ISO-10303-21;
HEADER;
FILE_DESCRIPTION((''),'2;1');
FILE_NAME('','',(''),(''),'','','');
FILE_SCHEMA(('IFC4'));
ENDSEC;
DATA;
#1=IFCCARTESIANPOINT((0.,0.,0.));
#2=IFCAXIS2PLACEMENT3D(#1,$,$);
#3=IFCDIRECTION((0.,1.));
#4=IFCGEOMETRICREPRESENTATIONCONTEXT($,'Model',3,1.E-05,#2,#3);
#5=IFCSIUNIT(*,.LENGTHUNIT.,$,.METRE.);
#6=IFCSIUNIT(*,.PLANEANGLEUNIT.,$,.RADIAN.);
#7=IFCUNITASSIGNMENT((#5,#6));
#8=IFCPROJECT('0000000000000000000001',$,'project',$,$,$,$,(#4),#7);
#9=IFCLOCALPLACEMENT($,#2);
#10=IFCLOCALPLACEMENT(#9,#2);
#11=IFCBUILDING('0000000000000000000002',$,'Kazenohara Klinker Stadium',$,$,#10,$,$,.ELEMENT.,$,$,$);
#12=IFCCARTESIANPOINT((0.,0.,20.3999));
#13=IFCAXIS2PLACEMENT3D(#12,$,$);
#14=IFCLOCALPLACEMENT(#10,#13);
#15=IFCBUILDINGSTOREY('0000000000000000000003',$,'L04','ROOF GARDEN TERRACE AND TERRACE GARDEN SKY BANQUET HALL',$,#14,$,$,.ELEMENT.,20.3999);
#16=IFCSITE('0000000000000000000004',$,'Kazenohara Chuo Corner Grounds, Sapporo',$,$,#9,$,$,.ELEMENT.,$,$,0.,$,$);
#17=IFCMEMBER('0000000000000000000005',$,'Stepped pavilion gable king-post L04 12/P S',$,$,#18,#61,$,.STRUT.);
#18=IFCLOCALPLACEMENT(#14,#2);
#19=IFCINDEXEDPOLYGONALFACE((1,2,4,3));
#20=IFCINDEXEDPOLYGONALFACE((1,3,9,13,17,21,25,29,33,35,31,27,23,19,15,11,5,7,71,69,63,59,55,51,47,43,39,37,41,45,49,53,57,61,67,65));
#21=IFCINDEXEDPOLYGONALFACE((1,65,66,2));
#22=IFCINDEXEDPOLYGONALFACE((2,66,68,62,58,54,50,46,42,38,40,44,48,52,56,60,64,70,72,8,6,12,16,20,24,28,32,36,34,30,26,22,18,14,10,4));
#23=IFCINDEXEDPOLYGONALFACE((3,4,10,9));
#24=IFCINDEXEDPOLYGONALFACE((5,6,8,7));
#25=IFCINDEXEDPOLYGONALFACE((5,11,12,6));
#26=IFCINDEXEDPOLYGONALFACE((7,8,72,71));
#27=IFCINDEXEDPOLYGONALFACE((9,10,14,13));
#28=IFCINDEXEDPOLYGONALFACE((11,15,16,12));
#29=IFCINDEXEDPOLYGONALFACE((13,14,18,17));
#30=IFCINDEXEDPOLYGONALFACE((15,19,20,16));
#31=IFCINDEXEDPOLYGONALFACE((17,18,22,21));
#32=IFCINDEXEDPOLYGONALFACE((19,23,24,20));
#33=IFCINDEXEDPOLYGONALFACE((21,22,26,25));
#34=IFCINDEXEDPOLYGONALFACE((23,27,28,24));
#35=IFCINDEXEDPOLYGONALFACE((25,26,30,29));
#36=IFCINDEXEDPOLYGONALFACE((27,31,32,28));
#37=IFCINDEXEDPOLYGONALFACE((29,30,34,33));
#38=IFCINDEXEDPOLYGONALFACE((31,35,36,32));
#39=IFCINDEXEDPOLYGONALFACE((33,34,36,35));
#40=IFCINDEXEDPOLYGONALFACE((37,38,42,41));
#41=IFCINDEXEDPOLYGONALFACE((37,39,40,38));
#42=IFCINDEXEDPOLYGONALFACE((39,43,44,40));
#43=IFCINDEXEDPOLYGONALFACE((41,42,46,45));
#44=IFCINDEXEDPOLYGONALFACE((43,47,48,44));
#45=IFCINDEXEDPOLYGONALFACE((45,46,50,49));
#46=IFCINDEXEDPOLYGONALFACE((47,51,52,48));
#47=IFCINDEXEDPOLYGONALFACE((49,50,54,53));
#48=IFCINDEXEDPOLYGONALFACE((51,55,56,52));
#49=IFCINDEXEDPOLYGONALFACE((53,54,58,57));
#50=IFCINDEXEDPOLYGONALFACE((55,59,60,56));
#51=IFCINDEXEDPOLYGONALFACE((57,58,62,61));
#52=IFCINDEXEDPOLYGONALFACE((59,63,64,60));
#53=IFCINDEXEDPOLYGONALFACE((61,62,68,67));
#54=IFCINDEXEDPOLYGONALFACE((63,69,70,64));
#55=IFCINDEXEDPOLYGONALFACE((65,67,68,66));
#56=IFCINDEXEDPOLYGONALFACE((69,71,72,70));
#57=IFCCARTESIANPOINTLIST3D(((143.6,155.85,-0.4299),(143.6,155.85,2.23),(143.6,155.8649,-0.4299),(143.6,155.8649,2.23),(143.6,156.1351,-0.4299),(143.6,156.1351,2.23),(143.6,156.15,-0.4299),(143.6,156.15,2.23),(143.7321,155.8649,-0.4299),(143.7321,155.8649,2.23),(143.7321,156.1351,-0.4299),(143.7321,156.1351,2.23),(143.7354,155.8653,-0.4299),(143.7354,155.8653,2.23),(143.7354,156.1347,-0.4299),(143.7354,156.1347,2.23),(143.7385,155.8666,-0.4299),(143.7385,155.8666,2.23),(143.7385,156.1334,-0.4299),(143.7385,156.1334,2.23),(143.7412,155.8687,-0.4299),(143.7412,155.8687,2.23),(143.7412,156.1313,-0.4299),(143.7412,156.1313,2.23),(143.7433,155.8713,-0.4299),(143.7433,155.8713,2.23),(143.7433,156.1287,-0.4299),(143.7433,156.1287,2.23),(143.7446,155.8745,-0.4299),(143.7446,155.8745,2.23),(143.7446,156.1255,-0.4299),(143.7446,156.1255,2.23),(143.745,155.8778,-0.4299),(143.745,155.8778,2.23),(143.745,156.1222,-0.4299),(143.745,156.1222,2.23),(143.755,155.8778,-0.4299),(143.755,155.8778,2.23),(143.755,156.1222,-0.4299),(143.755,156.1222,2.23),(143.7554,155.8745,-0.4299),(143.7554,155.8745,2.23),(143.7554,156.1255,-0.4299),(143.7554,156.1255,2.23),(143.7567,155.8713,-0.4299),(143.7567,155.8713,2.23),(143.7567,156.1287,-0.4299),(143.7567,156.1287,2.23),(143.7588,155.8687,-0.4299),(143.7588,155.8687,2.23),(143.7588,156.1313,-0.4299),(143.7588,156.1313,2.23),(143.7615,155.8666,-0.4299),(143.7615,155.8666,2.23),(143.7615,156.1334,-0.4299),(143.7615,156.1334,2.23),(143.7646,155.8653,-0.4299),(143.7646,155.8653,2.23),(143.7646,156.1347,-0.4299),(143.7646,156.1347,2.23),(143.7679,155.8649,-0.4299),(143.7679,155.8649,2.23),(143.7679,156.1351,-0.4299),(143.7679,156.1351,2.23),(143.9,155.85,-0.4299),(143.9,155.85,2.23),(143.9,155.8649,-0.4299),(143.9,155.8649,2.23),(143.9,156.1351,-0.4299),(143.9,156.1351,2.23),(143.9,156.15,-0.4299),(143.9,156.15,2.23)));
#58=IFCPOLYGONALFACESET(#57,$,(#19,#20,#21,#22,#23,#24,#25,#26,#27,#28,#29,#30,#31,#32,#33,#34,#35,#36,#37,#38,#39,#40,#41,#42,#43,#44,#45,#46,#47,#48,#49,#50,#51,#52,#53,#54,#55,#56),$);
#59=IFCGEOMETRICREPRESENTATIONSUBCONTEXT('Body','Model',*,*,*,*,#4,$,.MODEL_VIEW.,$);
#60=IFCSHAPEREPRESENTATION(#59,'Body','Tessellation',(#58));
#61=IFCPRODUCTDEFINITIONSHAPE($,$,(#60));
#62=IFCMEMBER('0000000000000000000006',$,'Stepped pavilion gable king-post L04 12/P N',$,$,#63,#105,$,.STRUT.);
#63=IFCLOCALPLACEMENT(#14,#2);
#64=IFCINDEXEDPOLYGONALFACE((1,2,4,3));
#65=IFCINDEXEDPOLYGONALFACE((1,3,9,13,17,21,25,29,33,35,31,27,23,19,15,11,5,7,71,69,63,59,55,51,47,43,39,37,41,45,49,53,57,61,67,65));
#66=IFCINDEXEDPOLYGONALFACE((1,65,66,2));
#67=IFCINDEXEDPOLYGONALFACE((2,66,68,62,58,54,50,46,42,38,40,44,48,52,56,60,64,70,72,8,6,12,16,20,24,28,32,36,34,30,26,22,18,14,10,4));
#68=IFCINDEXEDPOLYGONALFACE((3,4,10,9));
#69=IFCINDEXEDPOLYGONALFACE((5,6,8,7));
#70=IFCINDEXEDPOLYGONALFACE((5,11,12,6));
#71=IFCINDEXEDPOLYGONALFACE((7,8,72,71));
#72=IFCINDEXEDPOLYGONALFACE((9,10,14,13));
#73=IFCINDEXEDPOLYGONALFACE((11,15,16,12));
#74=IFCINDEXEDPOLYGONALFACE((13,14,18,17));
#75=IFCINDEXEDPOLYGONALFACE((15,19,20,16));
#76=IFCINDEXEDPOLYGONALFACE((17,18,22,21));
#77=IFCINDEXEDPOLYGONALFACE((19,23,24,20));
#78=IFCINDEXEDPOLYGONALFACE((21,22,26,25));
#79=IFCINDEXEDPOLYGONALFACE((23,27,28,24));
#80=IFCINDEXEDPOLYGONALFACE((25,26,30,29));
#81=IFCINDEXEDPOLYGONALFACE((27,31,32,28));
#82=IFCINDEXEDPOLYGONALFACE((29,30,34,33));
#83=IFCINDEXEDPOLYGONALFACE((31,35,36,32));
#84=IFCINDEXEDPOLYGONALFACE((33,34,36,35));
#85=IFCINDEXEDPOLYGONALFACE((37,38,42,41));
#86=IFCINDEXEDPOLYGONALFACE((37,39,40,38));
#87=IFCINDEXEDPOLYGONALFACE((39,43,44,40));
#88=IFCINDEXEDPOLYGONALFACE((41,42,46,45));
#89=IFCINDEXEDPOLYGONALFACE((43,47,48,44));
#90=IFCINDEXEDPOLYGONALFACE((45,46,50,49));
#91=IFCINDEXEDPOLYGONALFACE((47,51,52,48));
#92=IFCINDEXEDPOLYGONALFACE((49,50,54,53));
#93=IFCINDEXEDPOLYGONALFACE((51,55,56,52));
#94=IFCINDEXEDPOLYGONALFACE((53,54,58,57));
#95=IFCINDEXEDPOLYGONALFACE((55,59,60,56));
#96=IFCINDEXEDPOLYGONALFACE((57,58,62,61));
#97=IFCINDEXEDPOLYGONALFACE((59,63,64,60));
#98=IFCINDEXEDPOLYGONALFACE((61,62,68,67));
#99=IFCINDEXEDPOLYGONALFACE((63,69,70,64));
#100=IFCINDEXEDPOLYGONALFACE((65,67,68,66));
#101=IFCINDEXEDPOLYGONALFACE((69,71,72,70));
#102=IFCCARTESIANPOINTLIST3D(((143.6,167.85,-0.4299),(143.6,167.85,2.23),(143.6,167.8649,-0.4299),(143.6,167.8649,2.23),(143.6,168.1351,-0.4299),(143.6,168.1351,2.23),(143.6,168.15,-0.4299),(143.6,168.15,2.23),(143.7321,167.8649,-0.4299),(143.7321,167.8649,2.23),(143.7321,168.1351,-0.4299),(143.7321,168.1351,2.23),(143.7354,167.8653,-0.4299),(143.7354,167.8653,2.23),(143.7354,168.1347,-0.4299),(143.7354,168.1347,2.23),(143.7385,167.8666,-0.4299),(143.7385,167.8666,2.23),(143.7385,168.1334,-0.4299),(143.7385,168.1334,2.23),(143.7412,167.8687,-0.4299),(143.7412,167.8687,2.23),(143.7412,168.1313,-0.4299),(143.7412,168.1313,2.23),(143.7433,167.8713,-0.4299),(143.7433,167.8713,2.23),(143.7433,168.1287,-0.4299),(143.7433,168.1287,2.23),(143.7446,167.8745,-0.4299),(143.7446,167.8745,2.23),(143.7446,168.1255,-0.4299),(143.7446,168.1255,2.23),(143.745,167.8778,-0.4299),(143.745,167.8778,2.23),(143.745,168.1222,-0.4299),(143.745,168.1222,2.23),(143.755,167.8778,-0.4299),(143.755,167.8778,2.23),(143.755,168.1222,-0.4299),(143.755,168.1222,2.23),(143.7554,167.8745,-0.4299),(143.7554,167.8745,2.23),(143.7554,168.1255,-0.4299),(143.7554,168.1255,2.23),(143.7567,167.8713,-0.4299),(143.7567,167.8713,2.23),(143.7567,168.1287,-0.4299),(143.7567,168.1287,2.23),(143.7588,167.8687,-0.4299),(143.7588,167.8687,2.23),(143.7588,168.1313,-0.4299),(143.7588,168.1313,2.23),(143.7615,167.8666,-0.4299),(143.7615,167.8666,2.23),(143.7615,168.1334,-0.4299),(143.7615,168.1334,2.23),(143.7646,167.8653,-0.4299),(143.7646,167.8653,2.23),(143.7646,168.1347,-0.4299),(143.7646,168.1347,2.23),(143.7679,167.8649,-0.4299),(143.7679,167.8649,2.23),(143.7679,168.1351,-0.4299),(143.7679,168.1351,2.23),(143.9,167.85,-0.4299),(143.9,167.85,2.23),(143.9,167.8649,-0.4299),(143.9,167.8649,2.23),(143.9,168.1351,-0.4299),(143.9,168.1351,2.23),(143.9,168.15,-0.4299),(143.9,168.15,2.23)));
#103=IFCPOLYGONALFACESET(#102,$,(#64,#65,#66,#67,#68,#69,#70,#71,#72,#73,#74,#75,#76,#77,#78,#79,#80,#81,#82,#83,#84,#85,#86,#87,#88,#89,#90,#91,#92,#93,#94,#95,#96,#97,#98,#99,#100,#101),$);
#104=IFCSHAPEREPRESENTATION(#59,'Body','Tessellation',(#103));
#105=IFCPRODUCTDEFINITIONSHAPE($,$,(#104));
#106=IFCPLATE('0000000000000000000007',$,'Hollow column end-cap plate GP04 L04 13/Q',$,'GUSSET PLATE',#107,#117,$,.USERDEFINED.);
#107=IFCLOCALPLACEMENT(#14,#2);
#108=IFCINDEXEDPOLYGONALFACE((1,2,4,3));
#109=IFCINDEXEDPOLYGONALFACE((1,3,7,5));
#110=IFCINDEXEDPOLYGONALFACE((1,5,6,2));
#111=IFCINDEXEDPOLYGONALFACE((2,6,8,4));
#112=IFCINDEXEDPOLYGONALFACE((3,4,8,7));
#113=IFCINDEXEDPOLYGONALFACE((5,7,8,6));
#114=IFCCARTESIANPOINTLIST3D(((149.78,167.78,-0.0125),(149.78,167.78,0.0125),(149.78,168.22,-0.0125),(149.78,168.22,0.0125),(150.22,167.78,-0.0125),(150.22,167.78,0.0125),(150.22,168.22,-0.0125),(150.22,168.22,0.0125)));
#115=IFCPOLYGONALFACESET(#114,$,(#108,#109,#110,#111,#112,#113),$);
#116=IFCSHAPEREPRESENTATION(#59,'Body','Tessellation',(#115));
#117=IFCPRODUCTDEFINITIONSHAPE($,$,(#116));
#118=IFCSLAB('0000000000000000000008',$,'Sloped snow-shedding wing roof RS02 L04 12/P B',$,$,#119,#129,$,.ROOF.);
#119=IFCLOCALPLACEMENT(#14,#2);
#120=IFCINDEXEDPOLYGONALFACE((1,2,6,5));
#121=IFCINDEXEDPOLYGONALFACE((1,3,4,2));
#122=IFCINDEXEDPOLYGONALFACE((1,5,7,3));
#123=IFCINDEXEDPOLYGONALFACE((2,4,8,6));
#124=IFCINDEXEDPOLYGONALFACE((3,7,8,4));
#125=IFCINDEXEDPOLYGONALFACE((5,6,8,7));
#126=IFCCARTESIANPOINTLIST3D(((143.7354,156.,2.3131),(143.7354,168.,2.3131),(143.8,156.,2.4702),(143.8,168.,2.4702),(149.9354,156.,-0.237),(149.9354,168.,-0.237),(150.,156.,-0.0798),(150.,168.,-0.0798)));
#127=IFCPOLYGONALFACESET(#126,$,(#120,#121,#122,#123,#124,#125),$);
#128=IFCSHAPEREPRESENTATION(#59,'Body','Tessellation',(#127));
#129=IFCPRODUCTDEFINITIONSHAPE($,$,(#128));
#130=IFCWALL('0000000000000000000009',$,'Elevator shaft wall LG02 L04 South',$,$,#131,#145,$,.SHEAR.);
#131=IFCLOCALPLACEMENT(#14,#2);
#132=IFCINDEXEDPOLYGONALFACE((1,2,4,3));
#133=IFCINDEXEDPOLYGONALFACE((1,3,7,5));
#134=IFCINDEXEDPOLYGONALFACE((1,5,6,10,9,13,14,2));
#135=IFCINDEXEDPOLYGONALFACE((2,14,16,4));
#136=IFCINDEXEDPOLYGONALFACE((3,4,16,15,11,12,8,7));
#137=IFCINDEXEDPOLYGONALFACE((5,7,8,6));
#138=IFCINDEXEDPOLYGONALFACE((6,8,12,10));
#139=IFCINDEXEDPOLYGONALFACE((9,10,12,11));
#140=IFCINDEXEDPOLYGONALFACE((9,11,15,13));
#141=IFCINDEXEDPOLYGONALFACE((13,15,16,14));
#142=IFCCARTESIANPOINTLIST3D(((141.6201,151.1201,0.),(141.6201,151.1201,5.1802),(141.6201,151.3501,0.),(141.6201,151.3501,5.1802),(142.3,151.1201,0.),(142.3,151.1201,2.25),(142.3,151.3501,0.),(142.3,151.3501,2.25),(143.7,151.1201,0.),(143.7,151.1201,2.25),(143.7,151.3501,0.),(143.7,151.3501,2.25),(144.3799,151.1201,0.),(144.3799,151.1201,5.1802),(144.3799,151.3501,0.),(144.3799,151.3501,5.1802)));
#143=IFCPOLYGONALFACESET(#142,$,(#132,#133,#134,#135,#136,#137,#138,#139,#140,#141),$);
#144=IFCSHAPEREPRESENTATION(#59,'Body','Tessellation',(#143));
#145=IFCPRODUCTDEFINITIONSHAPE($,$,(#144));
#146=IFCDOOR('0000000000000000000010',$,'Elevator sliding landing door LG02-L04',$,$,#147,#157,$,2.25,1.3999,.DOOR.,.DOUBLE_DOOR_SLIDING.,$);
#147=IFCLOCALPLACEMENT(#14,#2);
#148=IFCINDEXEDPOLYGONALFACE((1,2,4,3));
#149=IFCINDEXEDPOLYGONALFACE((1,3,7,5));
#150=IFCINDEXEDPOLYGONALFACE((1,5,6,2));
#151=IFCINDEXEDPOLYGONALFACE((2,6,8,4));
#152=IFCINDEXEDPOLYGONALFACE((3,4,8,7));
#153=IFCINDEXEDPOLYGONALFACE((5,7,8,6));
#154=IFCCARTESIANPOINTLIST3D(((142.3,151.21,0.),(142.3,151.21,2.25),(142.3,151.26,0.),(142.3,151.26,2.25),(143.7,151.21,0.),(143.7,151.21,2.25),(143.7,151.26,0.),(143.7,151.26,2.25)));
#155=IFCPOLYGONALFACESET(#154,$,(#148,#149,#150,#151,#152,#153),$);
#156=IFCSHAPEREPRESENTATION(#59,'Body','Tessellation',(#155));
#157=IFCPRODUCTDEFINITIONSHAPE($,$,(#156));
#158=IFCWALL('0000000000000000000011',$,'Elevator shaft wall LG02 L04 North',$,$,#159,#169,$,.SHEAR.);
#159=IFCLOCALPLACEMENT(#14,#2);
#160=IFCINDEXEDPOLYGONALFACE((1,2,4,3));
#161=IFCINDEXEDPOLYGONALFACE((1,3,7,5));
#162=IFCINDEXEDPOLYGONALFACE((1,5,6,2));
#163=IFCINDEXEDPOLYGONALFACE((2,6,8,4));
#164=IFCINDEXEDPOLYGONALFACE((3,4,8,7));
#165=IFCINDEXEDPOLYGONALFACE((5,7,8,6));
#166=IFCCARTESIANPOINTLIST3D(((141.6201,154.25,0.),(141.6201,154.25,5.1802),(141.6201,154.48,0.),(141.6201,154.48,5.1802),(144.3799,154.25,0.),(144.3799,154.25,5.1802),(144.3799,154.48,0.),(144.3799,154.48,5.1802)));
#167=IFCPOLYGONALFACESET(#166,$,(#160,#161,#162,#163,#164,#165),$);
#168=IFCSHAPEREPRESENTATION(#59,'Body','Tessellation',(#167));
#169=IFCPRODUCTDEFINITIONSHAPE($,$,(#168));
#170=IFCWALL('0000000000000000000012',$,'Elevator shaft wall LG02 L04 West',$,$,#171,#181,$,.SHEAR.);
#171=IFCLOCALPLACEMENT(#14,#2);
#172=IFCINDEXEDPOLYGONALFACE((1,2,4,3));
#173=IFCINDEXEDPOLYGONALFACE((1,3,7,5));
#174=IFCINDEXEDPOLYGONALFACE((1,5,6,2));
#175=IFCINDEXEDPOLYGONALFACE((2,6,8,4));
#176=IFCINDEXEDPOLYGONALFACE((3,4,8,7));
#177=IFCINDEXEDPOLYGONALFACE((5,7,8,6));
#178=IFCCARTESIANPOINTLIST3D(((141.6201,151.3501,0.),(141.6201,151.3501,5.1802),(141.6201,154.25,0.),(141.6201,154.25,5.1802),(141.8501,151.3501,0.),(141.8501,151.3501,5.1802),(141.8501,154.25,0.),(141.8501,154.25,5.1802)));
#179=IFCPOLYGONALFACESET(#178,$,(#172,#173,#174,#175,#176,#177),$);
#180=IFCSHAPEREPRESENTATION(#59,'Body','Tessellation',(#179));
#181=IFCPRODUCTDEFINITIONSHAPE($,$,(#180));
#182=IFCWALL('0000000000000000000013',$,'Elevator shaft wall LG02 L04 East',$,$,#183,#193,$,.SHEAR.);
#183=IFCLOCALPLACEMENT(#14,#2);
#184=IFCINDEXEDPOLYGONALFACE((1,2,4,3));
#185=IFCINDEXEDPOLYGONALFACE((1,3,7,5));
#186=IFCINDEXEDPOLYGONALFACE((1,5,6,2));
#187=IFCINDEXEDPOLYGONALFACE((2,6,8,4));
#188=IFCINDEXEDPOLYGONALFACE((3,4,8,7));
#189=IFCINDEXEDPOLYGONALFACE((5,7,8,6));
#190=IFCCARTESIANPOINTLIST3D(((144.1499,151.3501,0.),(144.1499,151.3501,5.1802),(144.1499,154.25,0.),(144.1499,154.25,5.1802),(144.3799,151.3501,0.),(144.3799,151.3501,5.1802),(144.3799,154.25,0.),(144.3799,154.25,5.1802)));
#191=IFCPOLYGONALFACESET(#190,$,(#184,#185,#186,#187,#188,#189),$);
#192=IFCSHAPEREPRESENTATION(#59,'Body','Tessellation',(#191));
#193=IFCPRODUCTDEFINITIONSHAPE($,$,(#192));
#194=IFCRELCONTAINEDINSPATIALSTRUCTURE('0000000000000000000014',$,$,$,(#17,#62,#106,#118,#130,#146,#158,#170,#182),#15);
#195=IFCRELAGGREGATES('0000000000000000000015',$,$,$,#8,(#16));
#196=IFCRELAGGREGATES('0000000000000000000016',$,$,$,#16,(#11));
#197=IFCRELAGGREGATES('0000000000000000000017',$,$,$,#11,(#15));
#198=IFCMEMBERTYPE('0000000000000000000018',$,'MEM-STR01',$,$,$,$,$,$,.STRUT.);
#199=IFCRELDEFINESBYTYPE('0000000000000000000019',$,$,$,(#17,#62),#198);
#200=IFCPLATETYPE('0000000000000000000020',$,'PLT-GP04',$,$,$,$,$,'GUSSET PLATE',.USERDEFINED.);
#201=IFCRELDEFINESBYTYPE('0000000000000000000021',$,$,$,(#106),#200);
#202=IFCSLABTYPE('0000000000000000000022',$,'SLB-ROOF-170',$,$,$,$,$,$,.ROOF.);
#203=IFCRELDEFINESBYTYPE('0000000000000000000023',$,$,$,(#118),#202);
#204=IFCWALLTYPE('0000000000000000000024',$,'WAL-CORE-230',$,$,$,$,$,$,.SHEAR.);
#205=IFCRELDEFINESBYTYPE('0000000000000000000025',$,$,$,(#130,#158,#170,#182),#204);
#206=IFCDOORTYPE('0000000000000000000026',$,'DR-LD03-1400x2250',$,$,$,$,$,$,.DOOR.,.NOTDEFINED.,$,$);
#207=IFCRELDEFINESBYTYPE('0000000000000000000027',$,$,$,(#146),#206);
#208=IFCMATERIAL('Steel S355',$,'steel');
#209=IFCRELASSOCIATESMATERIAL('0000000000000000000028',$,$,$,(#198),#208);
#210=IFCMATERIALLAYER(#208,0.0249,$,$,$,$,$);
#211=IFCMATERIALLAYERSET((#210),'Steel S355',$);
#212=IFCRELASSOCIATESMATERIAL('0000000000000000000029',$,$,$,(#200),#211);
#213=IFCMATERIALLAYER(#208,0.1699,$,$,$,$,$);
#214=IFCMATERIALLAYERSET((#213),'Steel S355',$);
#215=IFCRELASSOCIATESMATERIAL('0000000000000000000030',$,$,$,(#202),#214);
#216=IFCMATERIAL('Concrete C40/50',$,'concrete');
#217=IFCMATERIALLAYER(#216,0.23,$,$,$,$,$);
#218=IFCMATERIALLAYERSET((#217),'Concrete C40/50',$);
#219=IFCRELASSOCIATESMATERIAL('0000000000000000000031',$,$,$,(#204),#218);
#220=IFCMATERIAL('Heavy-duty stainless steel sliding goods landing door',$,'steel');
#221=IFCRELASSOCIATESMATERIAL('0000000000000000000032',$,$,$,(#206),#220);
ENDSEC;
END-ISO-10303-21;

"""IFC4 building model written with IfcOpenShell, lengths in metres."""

from ifc_helpers import new_model, si_unit, direction, frame, frame_2d, origin, origin_2d, place, context, subcontext, project, spatial, polyline, rectangle, i_section, outline, extrude, material, layer, layer_set, material_profile, profile_set, type_object, element, fill, save


model = new_model("IFC4")

# Units and contexts
model_context = context("Model", 3, precision=1e-05, world=origin(), true_north=direction((0.0, 1.0)))
body_context = subcontext(model_context, "Body", "Model", "MODEL_VIEW")
ifc_project = project(units=[si_unit("LENGTHUNIT", "METRE"), si_unit("PLANEANGLEUNIT", "RADIAN")], contexts=[model_context])

# Site, building, storey
site_placement = place(None, origin())
site = spatial("IfcSite", under=ifc_project, at=site_placement, Name="Kazenohara Chuo Corner Grounds, Sapporo", CompositionType="ELEMENT", RefElevation=0.0)
building_placement = place(site_placement, origin())
building = spatial("IfcBuilding", under=site, at=building_placement, Name="Kazenohara Klinker Stadium", CompositionType="ELEMENT")
storey_placement = place(building_placement, frame((0.0, 0.0, 20.3999)))
storey = spatial("IfcBuildingStorey", under=building, at=storey_placement, Name="L04", Description="ROOF GARDEN TERRACE AND TERRACE GARDEN SKY BANQUET HALL", CompositionType="ELEMENT", Elevation=20.3999)

# Shared definitions
ifc_material_1 = material(Name="Concrete C40/50", Category="concrete")
ifc_material_2 = material(Name="Steel S355", Category="steel")

# Members
ifc_material_profile_1 = material_profile(ifc_material_2, i_section(OverallWidth=0.3, OverallDepth=0.3, WebThickness=0.01, FlangeThickness=0.0149, FilletRadius=0.0129, at=origin_2d()), Name="H-300x300x10x15")
ifc_profile_set_1 = profile_set([ifc_material_profile_1], Name="Steel S355")
member_type_1 = type_object("IfcMemberType", Name="MEM-STR01", PredefinedType="STRUT", material=ifc_profile_set_1)
for number, where, z_axis, x_axis, name in (
    (1, (143.75, 156.0, -0.4299), (0.0, 0.0, 1.0), (1.0, 0.0, 0.0), "Stepped pavilion gable king-post L04 12/P S"),
    (2, (143.75, 168.0, -0.4299), (0.0, 0.0, 1.0), (1.0, 0.0, 0.0), "Stepped pavilion gable king-post L04 12/P N"),
):
    element("IfcMember", number, at=place(storey_placement, frame(where, z_axis=z_axis, x_axis=x_axis)), inside=storey, type_object=member_type_1, Name=name, PredefinedType="STRUT", context=body_context, shape_type="SweptSolid", body=[
        extrude(i_section(OverallWidth=0.3, OverallDepth=0.3, WebThickness=0.01, FlangeThickness=0.0149, FilletRadius=0.0129, at=origin_2d()), origin(), (0.0, 0.0, 1.0), 2.6599),
    ])

# Plate
ifc_layer_1 = layer(ifc_material_2, 0.0249)
ifc_layer_set_1 = layer_set([ifc_layer_1], Name="Steel S355")
plate_type = type_object("IfcPlateType", Name="PLT-GP04", ElementType="GUSSET PLATE", PredefinedType="USERDEFINED", material=ifc_layer_set_1)
plate_placement = place(storey_placement, frame((150.0, 168.0, -0.0125), z_axis=(0.0, 0.0, 1.0), x_axis=(1.0, 0.0, 0.0)))
element("IfcPlate", 3, at=plate_placement, inside=storey, type_object=plate_type, Name="Hollow column end-cap plate GP04 L04 13/Q", ObjectType="GUSSET PLATE", PredefinedType="USERDEFINED", context=body_context, shape_type="SweptSolid", body=[
    extrude(rectangle(XDim=0.4399, YDim=0.4399, at=origin_2d()), origin(), (0.0, 0.0, 1.0), 0.0249),
])

# Slab
ifc_layer_2 = layer(ifc_material_2, 0.1699)
ifc_layer_set_2 = layer_set([ifc_layer_2], Name="Steel S355")
slab_type = type_object("IfcSlabType", Name="SLB-ROOF-170", PredefinedType="ROOF", material=ifc_layer_set_2)
slab_placement = place(storey_placement, frame((143.8, 156.0, 2.4702), z_axis=(0.380383, 0.0, 0.924829), x_axis=(0.924829, 0.0, -0.380383)))
element("IfcSlab", 4, at=slab_placement, inside=storey, type_object=slab_type, Name="Sloped snow-shedding wing roof RS02 L04 12/P B", PredefinedType="ROOF", context=body_context, shape_type="SweptSolid", body=[
    extrude(outline(polyline([(0.0, 0.0), (6.7039, 0.0), (6.7039, 12.0), (0.0, 12.0), (0.0, 0.0)])), origin(), (0.0, 0.0, -1.0), 0.1699),
])

# Wall, opening, door
ifc_layer_3 = layer(ifc_material_1, 0.23)
ifc_layer_set_3 = layer_set([ifc_layer_3], Name="Concrete C40/50")
wall_type_1 = type_object("IfcWallType", Name="WAL-CORE-230", PredefinedType="SHEAR", material=ifc_layer_set_3)
wall_1_placement = place(storey_placement, frame((141.6201, 151.2351, 0.0), z_axis=(0.0, 0.0, 1.0), x_axis=(1.0, 0.0, 0.0)))
wall_1 = element("IfcWall", 5, at=wall_1_placement, inside=storey, type_object=wall_type_1, Name="Elevator shaft wall LG02 L04 South", PredefinedType="SHEAR", context=body_context, shape_type="SweptSolid", body=[
    extrude(rectangle(XDim=2.7598, YDim=0.23, at=frame_2d((1.3799, 0.0))), origin(), (0.0, 0.0, 1.0), 5.1802),
])
opening_1_placement = place(wall_1_placement, frame((0.6799, 0.0, 0.0)))
opening_1 = element("IfcOpeningElement", 6, at=opening_1_placement, cuts=wall_1, PredefinedType="OPENING", context=body_context, shape_type="SweptSolid", body=[
    extrude(rectangle(XDim=1.3999, YDim=2.25, at=frame_2d((0.7, 1.125))), frame((0.0, 0.125, 0.0), z_axis=(0.0, -1.0, 0.0), x_axis=(1.0, 0.0, 0.0)), (0.0, 0.0, 1.0), 0.25),
])
ifc_material_3 = material(Name="Heavy-duty stainless steel sliding goods landing door", Category="steel")
door_type_1 = type_object("IfcDoorType", Name="DR-LD03-1400x2250", OperationType="NOTDEFINED", PredefinedType="DOOR", material=ifc_material_3)
door_1_placement = place(opening_1_placement, origin())
door_1 = element("IfcDoor", 7, at=door_1_placement, inside=storey, type_object=door_type_1, Name="Elevator sliding landing door LG02-L04", OperationType="DOUBLE_DOOR_SLIDING", OverallHeight=2.25, OverallWidth=1.3999, PredefinedType="DOOR", context=body_context, shape_type="SweptSolid", body=[
    extrude(rectangle(XDim=1.3999, YDim=2.25, at=frame_2d((0.7, 1.125))), frame((0.0, 0.0249, 0.0), z_axis=(0.0, -1.0, 0.0), x_axis=(1.0, 0.0, 0.0)), (0.0, 0.0, 1.0), 0.05),
])
fill(opening_1, door_1)

# Walls
wall_2_placement = place(storey_placement, frame((141.6201, 154.365, 0.0), z_axis=(0.0, 0.0, 1.0), x_axis=(1.0, 0.0, 0.0)))
element("IfcWall", 8, at=wall_2_placement, inside=storey, type_object=wall_type_1, Name="Elevator shaft wall LG02 L04 North", PredefinedType="SHEAR", context=body_context, shape_type="SweptSolid", body=[
    extrude(rectangle(XDim=2.7598, YDim=0.23, at=frame_2d((1.3799, 0.0))), origin(), (0.0, 0.0, 1.0), 5.1802),
])
for number, where, z_axis, x_axis, name in (
    (9, (141.7351, 151.3501, 0.0), (0.0, 0.0, 1.0), (0.0, 1.0, 0.0), "Elevator shaft wall LG02 L04 West"),
    (10, (144.2649, 151.3501, 0.0), (0.0, 0.0, 1.0), (0.0, 1.0, 0.0), "Elevator shaft wall LG02 L04 East"),
):
    element("IfcWall", number, at=place(storey_placement, frame(where, z_axis=z_axis, x_axis=x_axis)), inside=storey, type_object=wall_type_1, Name=name, PredefinedType="SHEAR", context=body_context, shape_type="SweptSolid", body=[
        extrude(rectangle(XDim=2.8999, YDim=0.23, at=frame_2d((1.45, 0.0))), origin(), (0.0, 0.0, 1.0), 5.1802),
    ])

save(model, "model.ifc")
